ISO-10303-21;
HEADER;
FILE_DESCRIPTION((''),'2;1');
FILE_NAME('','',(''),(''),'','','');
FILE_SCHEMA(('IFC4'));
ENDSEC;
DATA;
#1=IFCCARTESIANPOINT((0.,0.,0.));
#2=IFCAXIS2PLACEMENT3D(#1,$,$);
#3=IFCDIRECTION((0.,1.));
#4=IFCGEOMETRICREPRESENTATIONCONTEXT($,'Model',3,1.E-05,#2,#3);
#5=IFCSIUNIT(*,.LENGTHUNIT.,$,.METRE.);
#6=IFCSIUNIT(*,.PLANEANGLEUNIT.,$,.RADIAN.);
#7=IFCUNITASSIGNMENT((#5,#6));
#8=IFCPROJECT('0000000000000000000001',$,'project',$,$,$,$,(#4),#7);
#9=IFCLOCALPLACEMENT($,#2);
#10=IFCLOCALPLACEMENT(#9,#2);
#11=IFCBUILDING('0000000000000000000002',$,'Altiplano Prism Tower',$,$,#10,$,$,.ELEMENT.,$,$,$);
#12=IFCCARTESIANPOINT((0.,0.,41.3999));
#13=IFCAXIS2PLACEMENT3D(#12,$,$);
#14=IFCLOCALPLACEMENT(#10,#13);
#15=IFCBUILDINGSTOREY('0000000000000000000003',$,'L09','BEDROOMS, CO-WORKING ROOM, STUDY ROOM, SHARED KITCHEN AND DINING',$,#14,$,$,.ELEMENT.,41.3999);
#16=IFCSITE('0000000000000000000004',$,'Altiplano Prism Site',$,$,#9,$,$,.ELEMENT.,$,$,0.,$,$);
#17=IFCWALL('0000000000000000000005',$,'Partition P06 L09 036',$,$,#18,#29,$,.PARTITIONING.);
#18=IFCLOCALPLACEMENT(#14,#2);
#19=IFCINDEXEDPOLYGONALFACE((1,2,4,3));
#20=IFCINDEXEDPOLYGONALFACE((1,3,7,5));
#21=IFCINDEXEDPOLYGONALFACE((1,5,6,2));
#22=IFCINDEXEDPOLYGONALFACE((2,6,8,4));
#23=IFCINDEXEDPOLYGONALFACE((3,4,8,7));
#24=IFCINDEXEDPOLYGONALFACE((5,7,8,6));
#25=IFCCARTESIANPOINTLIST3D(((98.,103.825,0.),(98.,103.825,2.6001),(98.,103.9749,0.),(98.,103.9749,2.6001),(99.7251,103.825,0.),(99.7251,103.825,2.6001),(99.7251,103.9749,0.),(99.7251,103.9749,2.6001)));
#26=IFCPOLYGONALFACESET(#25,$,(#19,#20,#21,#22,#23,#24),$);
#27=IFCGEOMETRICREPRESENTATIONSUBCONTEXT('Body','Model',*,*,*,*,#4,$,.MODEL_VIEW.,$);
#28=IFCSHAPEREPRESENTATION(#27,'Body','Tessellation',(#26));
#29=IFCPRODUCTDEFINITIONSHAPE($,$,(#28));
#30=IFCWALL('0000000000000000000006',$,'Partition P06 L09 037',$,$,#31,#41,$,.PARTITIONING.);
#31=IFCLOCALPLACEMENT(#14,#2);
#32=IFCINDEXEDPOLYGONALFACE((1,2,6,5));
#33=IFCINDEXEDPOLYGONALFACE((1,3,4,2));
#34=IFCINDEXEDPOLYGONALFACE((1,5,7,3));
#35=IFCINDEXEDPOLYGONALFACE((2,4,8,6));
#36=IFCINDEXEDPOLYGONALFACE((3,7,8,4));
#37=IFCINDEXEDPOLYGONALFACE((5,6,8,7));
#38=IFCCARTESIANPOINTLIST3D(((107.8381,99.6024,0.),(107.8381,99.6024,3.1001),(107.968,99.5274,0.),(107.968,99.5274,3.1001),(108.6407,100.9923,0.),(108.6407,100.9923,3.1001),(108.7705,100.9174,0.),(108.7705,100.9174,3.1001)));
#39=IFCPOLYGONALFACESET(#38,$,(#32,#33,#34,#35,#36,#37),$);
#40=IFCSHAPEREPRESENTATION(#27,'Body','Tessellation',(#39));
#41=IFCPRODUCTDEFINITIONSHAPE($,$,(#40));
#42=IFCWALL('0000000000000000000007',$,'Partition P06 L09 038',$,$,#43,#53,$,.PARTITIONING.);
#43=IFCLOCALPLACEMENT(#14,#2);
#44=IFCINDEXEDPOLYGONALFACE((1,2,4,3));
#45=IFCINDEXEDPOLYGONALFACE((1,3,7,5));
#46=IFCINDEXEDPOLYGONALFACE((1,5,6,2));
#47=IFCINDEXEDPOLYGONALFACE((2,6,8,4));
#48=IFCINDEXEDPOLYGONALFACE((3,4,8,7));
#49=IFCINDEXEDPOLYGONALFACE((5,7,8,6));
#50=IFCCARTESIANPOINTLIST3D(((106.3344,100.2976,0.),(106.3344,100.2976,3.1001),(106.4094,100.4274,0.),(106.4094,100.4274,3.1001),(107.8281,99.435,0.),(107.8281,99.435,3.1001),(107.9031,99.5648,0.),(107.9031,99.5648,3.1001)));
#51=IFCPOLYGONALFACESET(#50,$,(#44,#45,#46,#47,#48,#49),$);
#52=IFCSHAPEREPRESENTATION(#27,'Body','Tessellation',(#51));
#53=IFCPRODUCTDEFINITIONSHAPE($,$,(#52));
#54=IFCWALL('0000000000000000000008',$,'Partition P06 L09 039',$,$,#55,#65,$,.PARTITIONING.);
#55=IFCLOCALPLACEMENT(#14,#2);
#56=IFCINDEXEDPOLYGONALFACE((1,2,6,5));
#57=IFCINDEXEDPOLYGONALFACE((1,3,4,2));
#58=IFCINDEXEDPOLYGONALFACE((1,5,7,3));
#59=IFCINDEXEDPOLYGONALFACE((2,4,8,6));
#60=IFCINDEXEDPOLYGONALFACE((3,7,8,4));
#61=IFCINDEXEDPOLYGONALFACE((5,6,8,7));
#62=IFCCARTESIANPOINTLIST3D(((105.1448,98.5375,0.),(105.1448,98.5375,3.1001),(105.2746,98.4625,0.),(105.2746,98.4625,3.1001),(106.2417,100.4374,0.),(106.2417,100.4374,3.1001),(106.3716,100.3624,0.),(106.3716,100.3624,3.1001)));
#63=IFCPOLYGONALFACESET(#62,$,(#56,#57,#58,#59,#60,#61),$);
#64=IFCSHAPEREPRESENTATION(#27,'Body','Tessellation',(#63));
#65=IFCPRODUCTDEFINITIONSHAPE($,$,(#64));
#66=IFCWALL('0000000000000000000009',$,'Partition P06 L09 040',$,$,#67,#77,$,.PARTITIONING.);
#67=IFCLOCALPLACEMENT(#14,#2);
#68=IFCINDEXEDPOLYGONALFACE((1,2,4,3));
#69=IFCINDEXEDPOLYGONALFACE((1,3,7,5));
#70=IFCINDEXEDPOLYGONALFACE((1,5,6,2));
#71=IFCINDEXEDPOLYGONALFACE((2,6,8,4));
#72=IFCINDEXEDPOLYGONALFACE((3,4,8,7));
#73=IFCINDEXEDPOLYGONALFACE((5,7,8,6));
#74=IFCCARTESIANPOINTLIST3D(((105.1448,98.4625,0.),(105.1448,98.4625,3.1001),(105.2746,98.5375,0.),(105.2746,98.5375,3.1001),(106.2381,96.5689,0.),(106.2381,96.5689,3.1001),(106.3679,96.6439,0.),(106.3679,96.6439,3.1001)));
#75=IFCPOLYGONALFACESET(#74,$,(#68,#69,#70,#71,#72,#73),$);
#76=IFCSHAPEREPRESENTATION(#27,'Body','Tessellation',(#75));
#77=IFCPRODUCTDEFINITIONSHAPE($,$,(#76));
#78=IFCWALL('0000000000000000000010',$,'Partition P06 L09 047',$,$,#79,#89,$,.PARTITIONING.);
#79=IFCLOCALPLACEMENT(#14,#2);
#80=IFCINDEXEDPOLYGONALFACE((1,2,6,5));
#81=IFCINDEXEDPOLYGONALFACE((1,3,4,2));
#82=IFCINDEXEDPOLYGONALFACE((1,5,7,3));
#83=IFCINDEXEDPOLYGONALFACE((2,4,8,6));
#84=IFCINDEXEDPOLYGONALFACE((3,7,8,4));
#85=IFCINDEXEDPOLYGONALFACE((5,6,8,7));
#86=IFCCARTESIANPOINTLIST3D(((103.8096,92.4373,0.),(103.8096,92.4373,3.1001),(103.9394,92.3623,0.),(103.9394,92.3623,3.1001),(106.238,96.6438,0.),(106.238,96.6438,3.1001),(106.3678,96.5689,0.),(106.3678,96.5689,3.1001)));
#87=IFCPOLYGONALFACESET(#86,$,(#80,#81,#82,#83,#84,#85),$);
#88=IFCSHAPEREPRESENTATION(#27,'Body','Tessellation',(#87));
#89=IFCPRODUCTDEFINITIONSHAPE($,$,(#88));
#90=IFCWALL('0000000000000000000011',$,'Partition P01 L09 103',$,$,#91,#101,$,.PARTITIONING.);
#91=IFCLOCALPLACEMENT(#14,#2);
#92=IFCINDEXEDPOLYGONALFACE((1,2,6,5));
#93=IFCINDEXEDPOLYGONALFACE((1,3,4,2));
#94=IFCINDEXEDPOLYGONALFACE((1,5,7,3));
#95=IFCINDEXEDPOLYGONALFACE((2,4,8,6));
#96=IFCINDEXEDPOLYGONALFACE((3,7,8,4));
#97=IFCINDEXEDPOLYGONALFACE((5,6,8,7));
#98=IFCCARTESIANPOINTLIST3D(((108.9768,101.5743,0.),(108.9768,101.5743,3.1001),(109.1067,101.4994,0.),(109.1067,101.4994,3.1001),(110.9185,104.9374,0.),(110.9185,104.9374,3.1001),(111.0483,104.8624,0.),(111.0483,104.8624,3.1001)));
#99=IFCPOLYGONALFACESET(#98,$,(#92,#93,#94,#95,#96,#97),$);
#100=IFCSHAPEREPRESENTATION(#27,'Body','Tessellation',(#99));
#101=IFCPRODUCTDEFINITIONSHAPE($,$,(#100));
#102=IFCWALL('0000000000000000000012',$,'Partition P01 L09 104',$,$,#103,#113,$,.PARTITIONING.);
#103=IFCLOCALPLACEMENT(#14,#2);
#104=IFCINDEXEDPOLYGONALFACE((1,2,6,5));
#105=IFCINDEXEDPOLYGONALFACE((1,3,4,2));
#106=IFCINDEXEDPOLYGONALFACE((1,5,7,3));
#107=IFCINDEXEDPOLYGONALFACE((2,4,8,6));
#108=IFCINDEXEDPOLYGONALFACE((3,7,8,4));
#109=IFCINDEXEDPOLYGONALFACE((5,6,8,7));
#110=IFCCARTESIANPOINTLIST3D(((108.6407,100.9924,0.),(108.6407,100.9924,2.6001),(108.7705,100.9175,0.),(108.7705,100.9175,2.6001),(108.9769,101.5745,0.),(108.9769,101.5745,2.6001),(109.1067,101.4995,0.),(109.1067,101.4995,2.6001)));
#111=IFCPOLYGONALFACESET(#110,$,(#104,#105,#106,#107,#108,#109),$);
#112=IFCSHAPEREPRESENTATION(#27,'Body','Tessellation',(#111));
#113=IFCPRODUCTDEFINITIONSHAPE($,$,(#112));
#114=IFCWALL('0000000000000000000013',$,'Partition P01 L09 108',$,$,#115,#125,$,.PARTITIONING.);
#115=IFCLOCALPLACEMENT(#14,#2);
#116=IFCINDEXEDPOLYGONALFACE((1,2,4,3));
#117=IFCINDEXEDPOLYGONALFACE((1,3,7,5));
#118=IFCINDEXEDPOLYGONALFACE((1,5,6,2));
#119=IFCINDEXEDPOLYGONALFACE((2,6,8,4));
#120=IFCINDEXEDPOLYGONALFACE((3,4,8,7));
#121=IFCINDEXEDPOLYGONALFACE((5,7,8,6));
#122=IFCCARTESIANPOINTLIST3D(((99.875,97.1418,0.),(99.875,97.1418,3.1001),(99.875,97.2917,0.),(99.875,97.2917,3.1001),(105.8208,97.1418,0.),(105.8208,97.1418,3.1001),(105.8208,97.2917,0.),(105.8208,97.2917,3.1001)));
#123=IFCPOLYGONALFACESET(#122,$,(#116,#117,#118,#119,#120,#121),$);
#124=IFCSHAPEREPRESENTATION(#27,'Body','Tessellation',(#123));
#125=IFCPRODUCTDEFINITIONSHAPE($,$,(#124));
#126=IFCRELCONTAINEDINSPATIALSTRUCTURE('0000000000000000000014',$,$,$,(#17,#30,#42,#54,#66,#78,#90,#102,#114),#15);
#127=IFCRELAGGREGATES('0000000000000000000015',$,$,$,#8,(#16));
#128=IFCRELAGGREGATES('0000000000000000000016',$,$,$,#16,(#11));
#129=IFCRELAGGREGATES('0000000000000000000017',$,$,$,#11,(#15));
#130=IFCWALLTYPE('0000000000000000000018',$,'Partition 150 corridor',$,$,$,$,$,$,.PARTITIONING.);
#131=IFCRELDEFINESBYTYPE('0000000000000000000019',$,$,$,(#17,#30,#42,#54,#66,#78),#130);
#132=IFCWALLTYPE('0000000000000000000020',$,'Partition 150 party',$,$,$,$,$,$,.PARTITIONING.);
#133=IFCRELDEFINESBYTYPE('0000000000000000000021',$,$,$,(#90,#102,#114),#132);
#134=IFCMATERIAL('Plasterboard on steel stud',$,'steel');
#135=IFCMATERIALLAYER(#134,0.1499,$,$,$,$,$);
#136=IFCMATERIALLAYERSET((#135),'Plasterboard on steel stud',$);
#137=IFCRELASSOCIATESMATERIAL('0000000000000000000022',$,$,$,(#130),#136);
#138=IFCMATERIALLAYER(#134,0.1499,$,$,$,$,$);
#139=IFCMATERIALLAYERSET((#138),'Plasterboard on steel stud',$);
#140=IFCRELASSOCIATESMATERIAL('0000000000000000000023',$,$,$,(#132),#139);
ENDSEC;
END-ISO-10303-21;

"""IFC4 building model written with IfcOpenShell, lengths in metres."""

from ifc_helpers import new_model, si_unit, direction, frame, frame_2d, origin, place, context, subcontext, project, spatial, rectangle, extrude, material, layer, layer_set, type_object, element, save


model = new_model("IFC4")

# Units and contexts
model_context = context("Model", 3, precision=1e-05, world=origin(), true_north=direction((0.0, 1.0)))
body_context = subcontext(model_context, "Body", "Model", "MODEL_VIEW")
ifc_project = project(units=[si_unit("LENGTHUNIT", "METRE"), si_unit("PLANEANGLEUNIT", "RADIAN")], contexts=[model_context])

# Site, building, storey
site_placement = place(None, origin())
site = spatial("IfcSite", under=ifc_project, at=site_placement, Name="Altiplano Prism Site", CompositionType="ELEMENT", RefElevation=0.0)
building_placement = place(site_placement, origin())
building = spatial("IfcBuilding", under=site, at=building_placement, Name="Altiplano Prism Tower", CompositionType="ELEMENT")
storey_placement = place(building_placement, frame((0.0, 0.0, 41.3999)))
storey = spatial("IfcBuildingStorey", under=building, at=storey_placement, Name="L09", Description="BEDROOMS, CO-WORKING ROOM, STUDY ROOM, SHARED KITCHEN AND DINING", CompositionType="ELEMENT", Elevation=41.3999)

# Walls
ifc_material_1 = material(Name="Plasterboard on steel stud", Category="steel")
ifc_layer_1 = layer(ifc_material_1, 0.1499)
ifc_layer_set_1 = layer_set([ifc_layer_1], Name="Plasterboard on steel stud")
wall_type_1 = type_object("IfcWallType", Name="Partition 150 corridor", PredefinedType="PARTITIONING", material=ifc_layer_set_1)
wall_1_placement = place(storey_placement, frame((99.7251, 103.8999, 0.0), z_axis=(0.0, 0.0, 1.0), x_axis=(-1.0, 0.0, 0.0)))
element("IfcWall", 1, at=wall_1_placement, inside=storey, type_object=wall_type_1, Name="Partition P06 L09 036", PredefinedType="PARTITIONING", context=body_context, shape_type="SweptSolid", body=[
    extrude(rectangle(XDim=1.7251, YDim=0.1499, at=frame_2d((0.8625, 0.0))), origin(), (0.0, 0.0, 1.0), 2.6001),
])
wall_2_placement = place(storey_placement, frame((108.7056, 100.9548, 0.0), z_axis=(0.0, 0.0, 1.0), x_axis=(-0.500017, -0.866016, 0.0)))
element("IfcWall", 2, at=wall_2_placement, inside=storey, type_object=wall_type_1, Name="Partition P06 L09 037", PredefinedType="PARTITIONING", context=body_context, shape_type="SweptSolid", body=[
    extrude(rectangle(XDim=1.605, YDim=0.1499, at=frame_2d((0.8025, 0.0))), origin(), (0.0, 0.0, 1.0), 3.1001),
])
wall_3_placement = place(storey_placement, frame((107.8655, 99.5, 0.0), z_axis=(0.0, 0.0, 1.0), x_axis=(-0.865978, 0.500082, 0.0)))
element("IfcWall", 3, at=wall_3_placement, inside=storey, type_object=wall_type_1, Name="Partition P06 L09 038", PredefinedType="PARTITIONING", context=body_context, shape_type="SweptSolid", body=[
    extrude(rectangle(XDim=1.7249, YDim=0.1499, at=frame_2d((0.8623, 0.0))), origin(), (0.0, 0.0, 1.0), 3.1001),
])
wall_4_placement = place(storey_placement, frame((106.3066, 100.3999, 0.0), z_axis=(0.0, 0.0, 1.0), x_axis=(-0.500005, -0.866023, 0.0)))
element("IfcWall", 4, at=wall_4_placement, inside=storey, type_object=wall_type_1, Name="Partition P06 L09 039", PredefinedType="PARTITIONING", context=body_context, shape_type="SweptSolid", body=[
    extrude(rectangle(XDim=2.1938, YDim=0.1499, at=frame_2d((1.0969, 0.0))), origin(), (0.0, 0.0, 1.0), 3.1001),
])
wall_5_placement = place(storey_placement, frame((105.2097, 98.5, 0.0), z_axis=(0.0, 0.0, 1.0), x_axis=(0.500006, -0.866022, 0.0)))
element("IfcWall", 5, at=wall_5_placement, inside=storey, type_object=wall_type_1, Name="Partition P06 L09 040", PredefinedType="PARTITIONING", context=body_context, shape_type="SweptSolid", body=[
    extrude(rectangle(XDim=2.1865, YDim=0.1499, at=frame_2d((1.0933, 0.0))), origin(), (0.0, 0.0, 1.0), 3.1001),
])
wall_6_placement = place(storey_placement, frame((106.303, 96.6064, 0.0), z_axis=(0.0, 0.0, 1.0), x_axis=(-0.499972, -0.866042, 0.0)))
element("IfcWall", 6, at=wall_6_placement, inside=storey, type_object=wall_type_1, Name="Partition P06 L09 047", PredefinedType="PARTITIONING", context=body_context, shape_type="SweptSolid", body=[
    extrude(rectangle(XDim=4.8572, YDim=0.1499, at=frame_2d((2.4287, 0.0))), origin(), (0.0, 0.0, 1.0), 3.1001),
])
ifc_layer_2 = layer(ifc_material_1, 0.1499)
ifc_layer_set_2 = layer_set([ifc_layer_2], Name="Plasterboard on steel stud")
wall_type_2 = type_object("IfcWallType", Name="Partition 150 party", PredefinedType="PARTITIONING", material=ifc_layer_set_2)
wall_7_placement = place(storey_placement, frame((110.9834, 104.8999, 0.0), z_axis=(0.0, 0.0, 1.0), x_axis=(-0.5, -0.866025, 0.0)))
element("IfcWall", 7, at=wall_7_placement, inside=storey, type_object=wall_type_2, Name="Partition P01 L09 103", PredefinedType="PARTITIONING", context=body_context, shape_type="SweptSolid", body=[
    extrude(rectangle(XDim=3.8833, YDim=0.1499, at=frame_2d((1.9417, 0.0))), origin(), (0.0, 0.0, 1.0), 3.1001),
])
wall_8_placement = place(storey_placement, frame((109.0417, 101.5369, 0.0), z_axis=(0.0, 0.0, 1.0), x_axis=(-0.500163, -0.865931, 0.0)))
element("IfcWall", 8, at=wall_8_placement, inside=storey, type_object=wall_type_2, Name="Partition P01 L09 104", PredefinedType="PARTITIONING", context=body_context, shape_type="SweptSolid", body=[
    extrude(rectangle(XDim=0.6721, YDim=0.1499, at=frame_2d((0.3359, 0.0))), origin(), (0.0, 0.0, 1.0), 2.6001),
])
wall_9_placement = place(storey_placement, frame((99.875, 97.2168, 0.0), z_axis=(0.0, 0.0, 1.0), x_axis=(1.0, 0.0, 0.0)))
element("IfcWall", 9, at=wall_9_placement, inside=storey, type_object=wall_type_2, Name="Partition P01 L09 108", PredefinedType="PARTITIONING", context=body_context, shape_type="SweptSolid", body=[
    extrude(rectangle(XDim=5.9458, YDim=0.1499, at=frame_2d((2.9729, 0.0))), origin(), (0.0, 0.0, 1.0), 3.1001),
])

save(model, "model.ifc")
